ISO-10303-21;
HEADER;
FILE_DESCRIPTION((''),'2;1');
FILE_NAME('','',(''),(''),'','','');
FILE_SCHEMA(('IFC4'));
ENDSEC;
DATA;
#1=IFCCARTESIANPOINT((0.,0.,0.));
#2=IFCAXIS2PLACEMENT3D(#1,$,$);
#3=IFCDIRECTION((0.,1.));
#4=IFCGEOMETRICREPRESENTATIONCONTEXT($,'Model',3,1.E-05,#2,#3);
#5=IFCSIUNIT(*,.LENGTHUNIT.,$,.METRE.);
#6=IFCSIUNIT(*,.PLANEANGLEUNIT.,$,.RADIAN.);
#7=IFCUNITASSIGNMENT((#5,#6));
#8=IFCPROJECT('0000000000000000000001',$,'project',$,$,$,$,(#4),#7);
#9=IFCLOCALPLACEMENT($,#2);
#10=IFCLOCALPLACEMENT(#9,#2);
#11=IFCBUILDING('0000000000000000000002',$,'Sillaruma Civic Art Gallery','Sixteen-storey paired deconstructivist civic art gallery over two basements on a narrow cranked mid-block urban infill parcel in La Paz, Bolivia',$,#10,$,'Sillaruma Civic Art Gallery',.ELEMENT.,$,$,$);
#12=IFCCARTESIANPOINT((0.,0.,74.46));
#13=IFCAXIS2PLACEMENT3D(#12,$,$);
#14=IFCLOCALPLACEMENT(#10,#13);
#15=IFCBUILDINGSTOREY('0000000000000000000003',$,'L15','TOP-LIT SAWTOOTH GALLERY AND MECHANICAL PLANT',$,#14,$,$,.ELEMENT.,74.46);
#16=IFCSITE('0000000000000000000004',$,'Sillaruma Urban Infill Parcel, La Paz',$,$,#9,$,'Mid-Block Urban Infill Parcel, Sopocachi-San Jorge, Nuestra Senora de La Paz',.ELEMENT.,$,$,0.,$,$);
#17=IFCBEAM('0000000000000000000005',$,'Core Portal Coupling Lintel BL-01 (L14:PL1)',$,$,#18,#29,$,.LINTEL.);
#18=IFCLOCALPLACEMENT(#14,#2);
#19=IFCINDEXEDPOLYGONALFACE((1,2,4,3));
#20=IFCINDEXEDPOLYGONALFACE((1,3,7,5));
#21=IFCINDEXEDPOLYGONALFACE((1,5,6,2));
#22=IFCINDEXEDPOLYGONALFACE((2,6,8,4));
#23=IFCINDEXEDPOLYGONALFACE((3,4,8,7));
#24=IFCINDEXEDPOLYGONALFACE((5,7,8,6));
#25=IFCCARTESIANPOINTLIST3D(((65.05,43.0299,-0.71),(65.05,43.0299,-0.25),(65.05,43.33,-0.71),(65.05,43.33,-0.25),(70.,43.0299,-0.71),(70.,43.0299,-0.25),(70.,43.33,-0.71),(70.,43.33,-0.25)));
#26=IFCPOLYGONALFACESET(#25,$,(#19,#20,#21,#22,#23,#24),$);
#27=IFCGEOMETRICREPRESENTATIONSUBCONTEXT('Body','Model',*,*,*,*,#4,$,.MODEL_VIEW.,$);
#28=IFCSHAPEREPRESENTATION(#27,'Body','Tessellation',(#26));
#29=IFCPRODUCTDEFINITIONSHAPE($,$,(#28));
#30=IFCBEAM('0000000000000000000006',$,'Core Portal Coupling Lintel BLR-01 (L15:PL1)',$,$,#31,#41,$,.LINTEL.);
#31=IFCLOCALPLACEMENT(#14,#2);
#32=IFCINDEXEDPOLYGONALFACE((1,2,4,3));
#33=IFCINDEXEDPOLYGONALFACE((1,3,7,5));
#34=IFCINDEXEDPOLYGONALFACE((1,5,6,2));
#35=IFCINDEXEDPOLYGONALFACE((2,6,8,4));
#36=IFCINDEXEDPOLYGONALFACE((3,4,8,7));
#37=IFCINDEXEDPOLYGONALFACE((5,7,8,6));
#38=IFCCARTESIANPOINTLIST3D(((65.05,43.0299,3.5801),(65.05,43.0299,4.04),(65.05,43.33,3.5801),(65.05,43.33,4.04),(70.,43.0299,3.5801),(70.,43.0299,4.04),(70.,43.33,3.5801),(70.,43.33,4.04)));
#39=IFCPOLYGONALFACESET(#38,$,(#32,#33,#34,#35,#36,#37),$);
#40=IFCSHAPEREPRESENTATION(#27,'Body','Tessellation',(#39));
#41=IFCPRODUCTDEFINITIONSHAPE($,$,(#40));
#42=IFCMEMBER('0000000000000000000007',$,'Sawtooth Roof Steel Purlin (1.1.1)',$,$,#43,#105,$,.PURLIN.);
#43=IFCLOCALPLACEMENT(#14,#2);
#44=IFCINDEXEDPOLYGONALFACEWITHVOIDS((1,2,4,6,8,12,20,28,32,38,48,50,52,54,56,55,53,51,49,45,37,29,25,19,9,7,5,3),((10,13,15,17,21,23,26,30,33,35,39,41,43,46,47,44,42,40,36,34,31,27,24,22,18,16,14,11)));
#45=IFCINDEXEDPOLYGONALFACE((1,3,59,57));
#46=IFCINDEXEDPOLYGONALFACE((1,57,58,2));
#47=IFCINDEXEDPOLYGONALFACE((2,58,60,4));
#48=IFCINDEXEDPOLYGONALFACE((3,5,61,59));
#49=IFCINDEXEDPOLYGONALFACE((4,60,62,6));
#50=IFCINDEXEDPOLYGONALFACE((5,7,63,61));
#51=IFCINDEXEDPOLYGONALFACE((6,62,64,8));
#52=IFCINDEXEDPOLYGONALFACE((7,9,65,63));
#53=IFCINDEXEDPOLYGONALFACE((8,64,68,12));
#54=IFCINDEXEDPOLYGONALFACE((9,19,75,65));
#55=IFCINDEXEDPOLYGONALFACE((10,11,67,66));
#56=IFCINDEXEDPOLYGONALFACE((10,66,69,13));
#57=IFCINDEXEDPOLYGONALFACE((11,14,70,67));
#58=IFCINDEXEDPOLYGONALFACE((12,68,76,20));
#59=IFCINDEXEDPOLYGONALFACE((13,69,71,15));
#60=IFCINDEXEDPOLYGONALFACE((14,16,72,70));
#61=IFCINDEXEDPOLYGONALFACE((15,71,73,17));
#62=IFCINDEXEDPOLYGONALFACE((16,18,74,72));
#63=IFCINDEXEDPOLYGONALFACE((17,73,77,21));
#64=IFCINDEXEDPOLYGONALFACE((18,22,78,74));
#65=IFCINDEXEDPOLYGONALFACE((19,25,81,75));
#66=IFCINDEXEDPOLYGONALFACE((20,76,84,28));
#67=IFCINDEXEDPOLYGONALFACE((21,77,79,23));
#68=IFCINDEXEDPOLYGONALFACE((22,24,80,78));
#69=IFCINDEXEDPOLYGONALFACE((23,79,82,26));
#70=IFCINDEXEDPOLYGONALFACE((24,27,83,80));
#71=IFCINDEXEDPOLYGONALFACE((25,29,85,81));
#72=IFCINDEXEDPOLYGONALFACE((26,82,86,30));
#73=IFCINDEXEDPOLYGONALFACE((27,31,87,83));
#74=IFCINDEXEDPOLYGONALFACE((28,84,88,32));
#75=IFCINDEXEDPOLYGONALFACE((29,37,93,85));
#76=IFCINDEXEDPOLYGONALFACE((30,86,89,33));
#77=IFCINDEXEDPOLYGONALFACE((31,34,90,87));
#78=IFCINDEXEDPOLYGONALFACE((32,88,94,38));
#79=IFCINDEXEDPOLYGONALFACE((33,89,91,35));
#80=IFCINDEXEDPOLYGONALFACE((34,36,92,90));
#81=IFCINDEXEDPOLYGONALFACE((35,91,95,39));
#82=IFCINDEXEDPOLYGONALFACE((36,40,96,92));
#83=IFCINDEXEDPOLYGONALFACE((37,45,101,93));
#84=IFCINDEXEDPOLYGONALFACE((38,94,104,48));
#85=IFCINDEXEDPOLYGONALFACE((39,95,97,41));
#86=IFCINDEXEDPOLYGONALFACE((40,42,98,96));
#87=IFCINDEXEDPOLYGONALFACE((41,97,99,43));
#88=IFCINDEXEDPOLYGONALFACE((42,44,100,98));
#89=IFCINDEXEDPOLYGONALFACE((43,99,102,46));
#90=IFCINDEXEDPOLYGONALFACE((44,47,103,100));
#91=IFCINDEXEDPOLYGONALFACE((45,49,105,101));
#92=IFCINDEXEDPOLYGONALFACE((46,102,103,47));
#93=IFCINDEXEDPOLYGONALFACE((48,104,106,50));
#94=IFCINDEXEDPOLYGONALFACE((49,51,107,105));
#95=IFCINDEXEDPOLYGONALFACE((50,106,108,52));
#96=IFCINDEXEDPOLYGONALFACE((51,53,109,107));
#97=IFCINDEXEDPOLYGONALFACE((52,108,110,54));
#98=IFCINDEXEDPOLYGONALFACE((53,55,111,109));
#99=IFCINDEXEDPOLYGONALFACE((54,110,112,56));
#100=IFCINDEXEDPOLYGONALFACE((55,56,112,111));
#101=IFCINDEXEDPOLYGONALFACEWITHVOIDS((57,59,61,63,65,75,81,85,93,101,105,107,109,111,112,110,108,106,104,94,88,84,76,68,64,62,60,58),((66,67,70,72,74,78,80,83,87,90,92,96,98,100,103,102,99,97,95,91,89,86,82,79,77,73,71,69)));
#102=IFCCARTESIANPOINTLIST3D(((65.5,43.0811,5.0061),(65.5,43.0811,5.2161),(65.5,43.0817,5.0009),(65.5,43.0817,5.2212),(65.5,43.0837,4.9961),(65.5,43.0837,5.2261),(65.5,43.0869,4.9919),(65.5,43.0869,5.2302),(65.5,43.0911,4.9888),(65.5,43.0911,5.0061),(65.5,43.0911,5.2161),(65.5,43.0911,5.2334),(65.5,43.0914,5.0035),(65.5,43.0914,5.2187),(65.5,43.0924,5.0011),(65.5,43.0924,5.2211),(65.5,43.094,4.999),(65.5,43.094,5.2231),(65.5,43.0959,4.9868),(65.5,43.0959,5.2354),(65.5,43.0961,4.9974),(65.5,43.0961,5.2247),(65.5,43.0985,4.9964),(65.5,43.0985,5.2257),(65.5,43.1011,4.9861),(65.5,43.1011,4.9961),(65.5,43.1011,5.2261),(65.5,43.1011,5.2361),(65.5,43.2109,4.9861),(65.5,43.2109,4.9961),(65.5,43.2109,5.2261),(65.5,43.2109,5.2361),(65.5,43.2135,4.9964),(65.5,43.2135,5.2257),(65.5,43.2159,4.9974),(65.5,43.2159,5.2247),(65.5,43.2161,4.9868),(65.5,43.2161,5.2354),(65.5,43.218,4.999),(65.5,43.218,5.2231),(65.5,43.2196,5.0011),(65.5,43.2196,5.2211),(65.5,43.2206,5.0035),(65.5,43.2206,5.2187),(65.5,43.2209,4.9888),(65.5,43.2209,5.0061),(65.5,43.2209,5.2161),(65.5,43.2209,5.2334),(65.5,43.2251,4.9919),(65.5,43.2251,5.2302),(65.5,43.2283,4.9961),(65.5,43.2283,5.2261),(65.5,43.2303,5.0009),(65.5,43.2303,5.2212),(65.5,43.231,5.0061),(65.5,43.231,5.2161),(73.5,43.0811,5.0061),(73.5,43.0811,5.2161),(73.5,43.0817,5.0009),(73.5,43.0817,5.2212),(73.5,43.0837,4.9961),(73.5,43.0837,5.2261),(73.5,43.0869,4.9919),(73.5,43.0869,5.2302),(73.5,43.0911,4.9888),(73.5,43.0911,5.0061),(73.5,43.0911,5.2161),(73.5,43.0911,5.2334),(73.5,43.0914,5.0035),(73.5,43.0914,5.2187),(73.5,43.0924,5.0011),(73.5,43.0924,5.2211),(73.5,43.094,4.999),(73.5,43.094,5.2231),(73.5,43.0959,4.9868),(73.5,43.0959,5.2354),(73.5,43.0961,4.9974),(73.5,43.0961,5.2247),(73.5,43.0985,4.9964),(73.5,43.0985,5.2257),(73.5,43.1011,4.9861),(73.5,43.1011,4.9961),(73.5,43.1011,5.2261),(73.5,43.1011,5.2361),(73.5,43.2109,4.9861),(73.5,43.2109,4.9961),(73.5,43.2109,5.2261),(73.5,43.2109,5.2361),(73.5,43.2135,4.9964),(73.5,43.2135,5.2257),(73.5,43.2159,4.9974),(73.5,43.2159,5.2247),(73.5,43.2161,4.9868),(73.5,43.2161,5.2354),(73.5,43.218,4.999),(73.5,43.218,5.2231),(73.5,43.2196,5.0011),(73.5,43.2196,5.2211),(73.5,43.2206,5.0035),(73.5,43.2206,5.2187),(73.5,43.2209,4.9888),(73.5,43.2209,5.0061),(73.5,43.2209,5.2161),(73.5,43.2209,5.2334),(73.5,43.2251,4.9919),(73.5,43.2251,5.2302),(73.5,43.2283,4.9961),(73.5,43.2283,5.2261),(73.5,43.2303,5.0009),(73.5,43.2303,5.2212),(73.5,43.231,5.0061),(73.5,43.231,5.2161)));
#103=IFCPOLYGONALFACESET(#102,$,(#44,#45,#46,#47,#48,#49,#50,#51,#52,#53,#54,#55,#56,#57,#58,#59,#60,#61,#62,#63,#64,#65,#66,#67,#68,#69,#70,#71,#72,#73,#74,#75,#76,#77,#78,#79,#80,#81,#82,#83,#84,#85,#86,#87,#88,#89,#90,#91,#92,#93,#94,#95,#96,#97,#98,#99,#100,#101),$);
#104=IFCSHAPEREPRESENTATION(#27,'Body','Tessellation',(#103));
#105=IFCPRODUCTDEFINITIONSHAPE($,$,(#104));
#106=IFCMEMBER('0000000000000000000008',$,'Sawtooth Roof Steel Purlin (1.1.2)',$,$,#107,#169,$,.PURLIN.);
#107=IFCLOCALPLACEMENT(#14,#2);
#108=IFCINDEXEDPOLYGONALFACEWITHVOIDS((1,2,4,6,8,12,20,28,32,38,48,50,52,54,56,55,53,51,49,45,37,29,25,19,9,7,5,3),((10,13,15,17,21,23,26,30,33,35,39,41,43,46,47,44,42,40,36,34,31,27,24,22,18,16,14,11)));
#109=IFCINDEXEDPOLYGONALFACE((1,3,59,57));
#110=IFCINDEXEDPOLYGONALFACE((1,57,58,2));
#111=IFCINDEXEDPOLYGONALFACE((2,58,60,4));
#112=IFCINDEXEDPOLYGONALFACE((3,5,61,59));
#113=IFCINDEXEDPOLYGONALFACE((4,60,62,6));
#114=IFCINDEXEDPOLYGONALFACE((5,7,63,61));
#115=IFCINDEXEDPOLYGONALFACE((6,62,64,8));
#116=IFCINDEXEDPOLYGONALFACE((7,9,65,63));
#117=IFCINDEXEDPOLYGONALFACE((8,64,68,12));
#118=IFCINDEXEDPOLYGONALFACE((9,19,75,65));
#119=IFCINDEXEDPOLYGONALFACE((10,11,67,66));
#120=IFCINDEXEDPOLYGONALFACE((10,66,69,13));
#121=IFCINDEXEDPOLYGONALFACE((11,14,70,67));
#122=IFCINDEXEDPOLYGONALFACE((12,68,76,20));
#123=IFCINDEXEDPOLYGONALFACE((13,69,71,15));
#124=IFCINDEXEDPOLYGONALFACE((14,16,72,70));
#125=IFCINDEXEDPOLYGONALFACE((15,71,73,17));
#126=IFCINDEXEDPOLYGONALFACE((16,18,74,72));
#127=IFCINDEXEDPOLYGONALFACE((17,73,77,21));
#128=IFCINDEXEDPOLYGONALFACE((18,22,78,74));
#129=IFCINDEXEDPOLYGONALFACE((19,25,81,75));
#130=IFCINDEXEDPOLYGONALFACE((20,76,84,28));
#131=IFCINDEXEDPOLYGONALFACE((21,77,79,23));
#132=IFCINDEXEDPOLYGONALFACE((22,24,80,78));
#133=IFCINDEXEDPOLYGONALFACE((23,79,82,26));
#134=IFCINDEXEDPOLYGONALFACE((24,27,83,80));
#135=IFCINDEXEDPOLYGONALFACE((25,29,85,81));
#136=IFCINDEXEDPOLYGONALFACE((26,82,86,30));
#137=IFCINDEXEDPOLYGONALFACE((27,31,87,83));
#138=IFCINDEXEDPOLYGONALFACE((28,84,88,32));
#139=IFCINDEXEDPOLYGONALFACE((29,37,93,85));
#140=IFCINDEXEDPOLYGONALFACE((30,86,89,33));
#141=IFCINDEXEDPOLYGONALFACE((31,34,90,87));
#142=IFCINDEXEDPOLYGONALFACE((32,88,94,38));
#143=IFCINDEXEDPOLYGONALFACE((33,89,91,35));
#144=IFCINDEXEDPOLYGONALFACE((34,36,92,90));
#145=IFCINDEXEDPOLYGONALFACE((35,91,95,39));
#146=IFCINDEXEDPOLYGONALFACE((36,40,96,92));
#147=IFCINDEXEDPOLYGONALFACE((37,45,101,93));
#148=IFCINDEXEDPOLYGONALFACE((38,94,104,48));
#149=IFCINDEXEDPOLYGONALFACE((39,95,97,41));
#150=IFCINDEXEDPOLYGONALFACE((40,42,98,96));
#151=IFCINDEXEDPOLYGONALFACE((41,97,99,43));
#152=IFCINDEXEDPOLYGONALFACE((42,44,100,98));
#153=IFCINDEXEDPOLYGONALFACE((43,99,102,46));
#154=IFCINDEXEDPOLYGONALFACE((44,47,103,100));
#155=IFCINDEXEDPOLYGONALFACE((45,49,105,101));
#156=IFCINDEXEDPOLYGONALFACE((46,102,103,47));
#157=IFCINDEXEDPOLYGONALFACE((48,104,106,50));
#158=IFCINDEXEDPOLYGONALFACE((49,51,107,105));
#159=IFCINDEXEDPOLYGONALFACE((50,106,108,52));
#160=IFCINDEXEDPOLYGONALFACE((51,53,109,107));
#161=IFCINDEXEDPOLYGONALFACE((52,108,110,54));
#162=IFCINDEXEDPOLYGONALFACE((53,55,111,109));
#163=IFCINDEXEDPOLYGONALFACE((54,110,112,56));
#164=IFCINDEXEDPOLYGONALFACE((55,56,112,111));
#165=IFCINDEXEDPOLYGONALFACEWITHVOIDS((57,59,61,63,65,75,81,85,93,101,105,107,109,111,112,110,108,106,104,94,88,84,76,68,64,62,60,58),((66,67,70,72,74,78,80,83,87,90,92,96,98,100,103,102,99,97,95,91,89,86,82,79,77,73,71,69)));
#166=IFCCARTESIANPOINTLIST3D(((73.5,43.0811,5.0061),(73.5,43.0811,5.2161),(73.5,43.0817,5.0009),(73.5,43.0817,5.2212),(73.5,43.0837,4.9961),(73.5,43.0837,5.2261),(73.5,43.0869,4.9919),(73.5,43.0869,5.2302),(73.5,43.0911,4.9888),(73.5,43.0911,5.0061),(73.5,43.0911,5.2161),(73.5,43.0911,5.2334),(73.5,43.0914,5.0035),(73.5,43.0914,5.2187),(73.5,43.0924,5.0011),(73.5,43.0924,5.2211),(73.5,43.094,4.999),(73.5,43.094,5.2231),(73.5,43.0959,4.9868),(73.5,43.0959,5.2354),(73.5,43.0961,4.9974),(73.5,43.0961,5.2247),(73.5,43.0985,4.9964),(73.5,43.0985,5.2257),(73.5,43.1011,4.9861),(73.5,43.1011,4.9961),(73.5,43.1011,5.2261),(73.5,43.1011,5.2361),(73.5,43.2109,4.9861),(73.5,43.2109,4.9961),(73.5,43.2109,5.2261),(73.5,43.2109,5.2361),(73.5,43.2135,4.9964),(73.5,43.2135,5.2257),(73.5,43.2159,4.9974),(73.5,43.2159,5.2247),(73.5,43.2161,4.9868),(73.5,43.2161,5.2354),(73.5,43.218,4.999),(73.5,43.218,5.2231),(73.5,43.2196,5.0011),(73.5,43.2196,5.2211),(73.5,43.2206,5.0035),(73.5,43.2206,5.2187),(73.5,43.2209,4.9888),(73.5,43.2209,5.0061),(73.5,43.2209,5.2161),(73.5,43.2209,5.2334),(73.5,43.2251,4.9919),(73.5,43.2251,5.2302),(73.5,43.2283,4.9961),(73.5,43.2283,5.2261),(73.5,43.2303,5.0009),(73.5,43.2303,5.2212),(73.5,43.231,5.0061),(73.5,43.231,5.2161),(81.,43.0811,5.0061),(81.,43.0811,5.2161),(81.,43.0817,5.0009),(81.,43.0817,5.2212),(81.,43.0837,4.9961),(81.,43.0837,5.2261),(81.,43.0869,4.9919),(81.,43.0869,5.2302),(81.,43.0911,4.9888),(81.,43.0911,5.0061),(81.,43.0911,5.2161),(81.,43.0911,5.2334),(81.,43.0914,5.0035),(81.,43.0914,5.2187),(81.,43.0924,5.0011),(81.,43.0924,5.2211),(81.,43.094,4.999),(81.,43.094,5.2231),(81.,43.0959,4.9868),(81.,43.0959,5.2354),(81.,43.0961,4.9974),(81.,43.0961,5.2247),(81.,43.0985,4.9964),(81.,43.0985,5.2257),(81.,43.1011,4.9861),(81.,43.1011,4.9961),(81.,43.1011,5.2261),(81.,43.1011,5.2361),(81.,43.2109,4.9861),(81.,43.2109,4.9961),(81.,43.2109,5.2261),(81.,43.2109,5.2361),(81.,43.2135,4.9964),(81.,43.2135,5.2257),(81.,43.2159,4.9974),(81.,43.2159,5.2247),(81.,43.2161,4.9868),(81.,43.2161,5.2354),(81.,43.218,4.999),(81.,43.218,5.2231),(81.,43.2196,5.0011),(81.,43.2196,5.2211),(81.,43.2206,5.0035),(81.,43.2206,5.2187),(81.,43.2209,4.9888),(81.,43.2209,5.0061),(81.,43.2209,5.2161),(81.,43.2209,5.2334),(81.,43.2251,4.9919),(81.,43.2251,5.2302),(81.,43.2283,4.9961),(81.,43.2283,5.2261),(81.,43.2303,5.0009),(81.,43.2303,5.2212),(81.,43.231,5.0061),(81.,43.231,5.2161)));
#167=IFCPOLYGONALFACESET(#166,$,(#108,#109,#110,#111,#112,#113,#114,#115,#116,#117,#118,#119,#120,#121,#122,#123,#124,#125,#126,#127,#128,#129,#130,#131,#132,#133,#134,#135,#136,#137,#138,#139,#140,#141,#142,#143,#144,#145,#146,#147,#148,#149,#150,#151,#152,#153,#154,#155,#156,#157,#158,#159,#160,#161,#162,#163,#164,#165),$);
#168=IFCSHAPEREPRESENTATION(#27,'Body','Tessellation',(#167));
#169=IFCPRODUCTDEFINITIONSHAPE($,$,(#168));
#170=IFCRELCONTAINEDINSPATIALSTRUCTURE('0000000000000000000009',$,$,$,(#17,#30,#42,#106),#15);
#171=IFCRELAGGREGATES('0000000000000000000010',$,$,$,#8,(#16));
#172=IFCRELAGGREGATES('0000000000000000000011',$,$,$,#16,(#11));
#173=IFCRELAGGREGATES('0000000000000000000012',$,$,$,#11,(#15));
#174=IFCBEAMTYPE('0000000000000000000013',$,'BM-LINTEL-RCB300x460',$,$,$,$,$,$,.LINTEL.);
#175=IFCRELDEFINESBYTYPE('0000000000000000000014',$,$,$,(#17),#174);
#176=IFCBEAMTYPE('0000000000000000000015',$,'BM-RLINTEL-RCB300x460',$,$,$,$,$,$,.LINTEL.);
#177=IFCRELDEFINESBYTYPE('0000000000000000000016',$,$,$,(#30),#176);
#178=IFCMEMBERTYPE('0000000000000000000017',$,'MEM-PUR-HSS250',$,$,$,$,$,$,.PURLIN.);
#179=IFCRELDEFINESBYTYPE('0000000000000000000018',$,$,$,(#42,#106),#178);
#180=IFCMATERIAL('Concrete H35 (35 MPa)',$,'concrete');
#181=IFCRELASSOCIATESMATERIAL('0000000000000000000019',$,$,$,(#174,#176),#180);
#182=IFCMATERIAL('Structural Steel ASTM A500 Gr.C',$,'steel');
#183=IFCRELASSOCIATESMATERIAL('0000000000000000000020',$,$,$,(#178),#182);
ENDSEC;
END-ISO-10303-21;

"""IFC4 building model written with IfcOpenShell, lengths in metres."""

from ifc_helpers import new_model, si_unit, direction, frame, origin, origin_2d, place, context, subcontext, project, spatial, rectangle, hollow_rectangle, extrude, material, material_profile, profile_set, type_object, element, save


model = new_model("IFC4")

# Units and contexts
model_context = context("Model", 3, precision=1e-05, world=origin(), true_north=direction((0.0, 1.0)))
body_context = subcontext(model_context, "Body", "Model", "MODEL_VIEW")
ifc_project = project(units=[si_unit("LENGTHUNIT", "METRE"), si_unit("PLANEANGLEUNIT", "RADIAN")], contexts=[model_context])

# Site, building, storey
site_placement = place(None, origin())
site = spatial("IfcSite", under=ifc_project, at=site_placement, Name="Sillaruma Urban Infill Parcel, La Paz", LongName="Mid-Block Urban Infill Parcel, Sopocachi-San Jorge, Nuestra Senora de La Paz", CompositionType="ELEMENT", RefElevation=0.0)
building_placement = place(site_placement, origin())
building = spatial("IfcBuilding", under=site, at=building_placement, Name="Sillaruma Civic Art Gallery", Description="Sixteen-storey paired deconstructivist civic art gallery over two basements on a narrow cranked mid-block urban infill parcel in La Paz, Bolivia", LongName="Sillaruma Civic Art Gallery", CompositionType="ELEMENT")
storey_placement = place(building_placement, frame((0.0, 0.0, 74.46)))
storey = spatial("IfcBuildingStorey", under=building, at=storey_placement, Name="L15", Description="TOP-LIT SAWTOOTH GALLERY AND MECHANICAL PLANT", CompositionType="ELEMENT", Elevation=74.46)

# Beams
ifc_material_1 = material(Name="Concrete H35 (35 MPa)", Category="concrete")
ifc_material_profile_1 = material_profile(ifc_material_1, rectangle(XDim=0.3, YDim=0.46, at=origin_2d()), Name="RCB300x460")
ifc_profile_set_1 = profile_set([ifc_material_profile_1], Name="Concrete H35 (35 MPa)")
beam_type_1 = type_object("IfcBeamType", Name="BM-LINTEL-RCB300x460", PredefinedType="LINTEL", material=ifc_profile_set_1)
beam_1_placement = place(storey_placement, frame((65.05, 43.1799, -0.48), z_axis=(1.0, 0.0, 0.0), x_axis=(0.0, 1.0, 0.0)))
element("IfcBeam", 1, at=beam_1_placement, inside=storey, type_object=beam_type_1, Name="Core Portal Coupling Lintel BL-01 (L14:PL1)", PredefinedType="LINTEL", context=body_context, shape_type="SweptSolid", body=[
    extrude(rectangle(XDim=0.3, YDim=0.46, at=origin_2d()), origin(), (0.0, 0.0, 1.0), 4.95),
])
ifc_material_profile_2 = material_profile(ifc_material_1, rectangle(XDim=0.3, YDim=0.46, at=origin_2d()), Name="RCB300x460")
ifc_profile_set_2 = profile_set([ifc_material_profile_2], Name="Concrete H35 (35 MPa)")
beam_type_2 = type_object("IfcBeamType", Name="BM-RLINTEL-RCB300x460", PredefinedType="LINTEL", material=ifc_profile_set_2)
beam_2_placement = place(storey_placement, frame((65.05, 43.1799, 3.8101), z_axis=(1.0, 0.0, 0.0), x_axis=(0.0, 1.0, 0.0)))
element("IfcBeam", 2, at=beam_2_placement, inside=storey, type_object=beam_type_2, Name="Core Portal Coupling Lintel BLR-01 (L15:PL1)", PredefinedType="LINTEL", context=body_context, shape_type="SweptSolid", body=[
    extrude(rectangle(XDim=0.3, YDim=0.46, at=origin_2d()), origin(), (0.0, 0.0, 1.0), 4.95),
])

# Members
ifc_material_2 = material(Name="Structural Steel ASTM A500 Gr.C", Category="steel")
ifc_material_profile_3 = material_profile(ifc_material_2, hollow_rectangle(XDim=0.1499, YDim=0.25, WallThickness=0.01, InnerFilletRadius=0.01, OuterFilletRadius=0.02, at=origin_2d()), Name="HSS250x150x10")
ifc_profile_set_3 = profile_set([ifc_material_profile_3], Name="Structural Steel ASTM A500 Gr.C")
member_type = type_object("IfcMemberType", Name="MEM-PUR-HSS250", PredefinedType="PURLIN", material=ifc_profile_set_3)
member_1_placement = place(storey_placement, frame((65.5, 43.156, 5.1111), z_axis=(1.0, 0.0, 0.0), x_axis=(0.0, 1.0, 0.0)))
element("IfcMember", 3, at=member_1_placement, inside=storey, type_object=member_type, Name="Sawtooth Roof Steel Purlin (1.1.1)", PredefinedType="PURLIN", context=body_context, shape_type="SweptSolid", body=[
    extrude(hollow_rectangle(XDim=0.1499, YDim=0.25, WallThickness=0.01, InnerFilletRadius=0.01, OuterFilletRadius=0.02, at=origin_2d()), origin(), (0.0, 0.0, 1.0), 8.0),
])
member_2_placement = place(storey_placement, frame((73.5, 43.156, 5.1111), z_axis=(1.0, 0.0, 0.0), x_axis=(0.0, 1.0, 0.0)))
element("IfcMember", 4, at=member_2_placement, inside=storey, type_object=member_type, Name="Sawtooth Roof Steel Purlin (1.1.2)", PredefinedType="PURLIN", context=body_context, shape_type="SweptSolid", body=[
    extrude(hollow_rectangle(XDim=0.1499, YDim=0.25, WallThickness=0.01, InnerFilletRadius=0.01, OuterFilletRadius=0.02, at=origin_2d()), origin(), (0.0, 0.0, 1.0), 7.5),
])

save(model, "model.ifc")
